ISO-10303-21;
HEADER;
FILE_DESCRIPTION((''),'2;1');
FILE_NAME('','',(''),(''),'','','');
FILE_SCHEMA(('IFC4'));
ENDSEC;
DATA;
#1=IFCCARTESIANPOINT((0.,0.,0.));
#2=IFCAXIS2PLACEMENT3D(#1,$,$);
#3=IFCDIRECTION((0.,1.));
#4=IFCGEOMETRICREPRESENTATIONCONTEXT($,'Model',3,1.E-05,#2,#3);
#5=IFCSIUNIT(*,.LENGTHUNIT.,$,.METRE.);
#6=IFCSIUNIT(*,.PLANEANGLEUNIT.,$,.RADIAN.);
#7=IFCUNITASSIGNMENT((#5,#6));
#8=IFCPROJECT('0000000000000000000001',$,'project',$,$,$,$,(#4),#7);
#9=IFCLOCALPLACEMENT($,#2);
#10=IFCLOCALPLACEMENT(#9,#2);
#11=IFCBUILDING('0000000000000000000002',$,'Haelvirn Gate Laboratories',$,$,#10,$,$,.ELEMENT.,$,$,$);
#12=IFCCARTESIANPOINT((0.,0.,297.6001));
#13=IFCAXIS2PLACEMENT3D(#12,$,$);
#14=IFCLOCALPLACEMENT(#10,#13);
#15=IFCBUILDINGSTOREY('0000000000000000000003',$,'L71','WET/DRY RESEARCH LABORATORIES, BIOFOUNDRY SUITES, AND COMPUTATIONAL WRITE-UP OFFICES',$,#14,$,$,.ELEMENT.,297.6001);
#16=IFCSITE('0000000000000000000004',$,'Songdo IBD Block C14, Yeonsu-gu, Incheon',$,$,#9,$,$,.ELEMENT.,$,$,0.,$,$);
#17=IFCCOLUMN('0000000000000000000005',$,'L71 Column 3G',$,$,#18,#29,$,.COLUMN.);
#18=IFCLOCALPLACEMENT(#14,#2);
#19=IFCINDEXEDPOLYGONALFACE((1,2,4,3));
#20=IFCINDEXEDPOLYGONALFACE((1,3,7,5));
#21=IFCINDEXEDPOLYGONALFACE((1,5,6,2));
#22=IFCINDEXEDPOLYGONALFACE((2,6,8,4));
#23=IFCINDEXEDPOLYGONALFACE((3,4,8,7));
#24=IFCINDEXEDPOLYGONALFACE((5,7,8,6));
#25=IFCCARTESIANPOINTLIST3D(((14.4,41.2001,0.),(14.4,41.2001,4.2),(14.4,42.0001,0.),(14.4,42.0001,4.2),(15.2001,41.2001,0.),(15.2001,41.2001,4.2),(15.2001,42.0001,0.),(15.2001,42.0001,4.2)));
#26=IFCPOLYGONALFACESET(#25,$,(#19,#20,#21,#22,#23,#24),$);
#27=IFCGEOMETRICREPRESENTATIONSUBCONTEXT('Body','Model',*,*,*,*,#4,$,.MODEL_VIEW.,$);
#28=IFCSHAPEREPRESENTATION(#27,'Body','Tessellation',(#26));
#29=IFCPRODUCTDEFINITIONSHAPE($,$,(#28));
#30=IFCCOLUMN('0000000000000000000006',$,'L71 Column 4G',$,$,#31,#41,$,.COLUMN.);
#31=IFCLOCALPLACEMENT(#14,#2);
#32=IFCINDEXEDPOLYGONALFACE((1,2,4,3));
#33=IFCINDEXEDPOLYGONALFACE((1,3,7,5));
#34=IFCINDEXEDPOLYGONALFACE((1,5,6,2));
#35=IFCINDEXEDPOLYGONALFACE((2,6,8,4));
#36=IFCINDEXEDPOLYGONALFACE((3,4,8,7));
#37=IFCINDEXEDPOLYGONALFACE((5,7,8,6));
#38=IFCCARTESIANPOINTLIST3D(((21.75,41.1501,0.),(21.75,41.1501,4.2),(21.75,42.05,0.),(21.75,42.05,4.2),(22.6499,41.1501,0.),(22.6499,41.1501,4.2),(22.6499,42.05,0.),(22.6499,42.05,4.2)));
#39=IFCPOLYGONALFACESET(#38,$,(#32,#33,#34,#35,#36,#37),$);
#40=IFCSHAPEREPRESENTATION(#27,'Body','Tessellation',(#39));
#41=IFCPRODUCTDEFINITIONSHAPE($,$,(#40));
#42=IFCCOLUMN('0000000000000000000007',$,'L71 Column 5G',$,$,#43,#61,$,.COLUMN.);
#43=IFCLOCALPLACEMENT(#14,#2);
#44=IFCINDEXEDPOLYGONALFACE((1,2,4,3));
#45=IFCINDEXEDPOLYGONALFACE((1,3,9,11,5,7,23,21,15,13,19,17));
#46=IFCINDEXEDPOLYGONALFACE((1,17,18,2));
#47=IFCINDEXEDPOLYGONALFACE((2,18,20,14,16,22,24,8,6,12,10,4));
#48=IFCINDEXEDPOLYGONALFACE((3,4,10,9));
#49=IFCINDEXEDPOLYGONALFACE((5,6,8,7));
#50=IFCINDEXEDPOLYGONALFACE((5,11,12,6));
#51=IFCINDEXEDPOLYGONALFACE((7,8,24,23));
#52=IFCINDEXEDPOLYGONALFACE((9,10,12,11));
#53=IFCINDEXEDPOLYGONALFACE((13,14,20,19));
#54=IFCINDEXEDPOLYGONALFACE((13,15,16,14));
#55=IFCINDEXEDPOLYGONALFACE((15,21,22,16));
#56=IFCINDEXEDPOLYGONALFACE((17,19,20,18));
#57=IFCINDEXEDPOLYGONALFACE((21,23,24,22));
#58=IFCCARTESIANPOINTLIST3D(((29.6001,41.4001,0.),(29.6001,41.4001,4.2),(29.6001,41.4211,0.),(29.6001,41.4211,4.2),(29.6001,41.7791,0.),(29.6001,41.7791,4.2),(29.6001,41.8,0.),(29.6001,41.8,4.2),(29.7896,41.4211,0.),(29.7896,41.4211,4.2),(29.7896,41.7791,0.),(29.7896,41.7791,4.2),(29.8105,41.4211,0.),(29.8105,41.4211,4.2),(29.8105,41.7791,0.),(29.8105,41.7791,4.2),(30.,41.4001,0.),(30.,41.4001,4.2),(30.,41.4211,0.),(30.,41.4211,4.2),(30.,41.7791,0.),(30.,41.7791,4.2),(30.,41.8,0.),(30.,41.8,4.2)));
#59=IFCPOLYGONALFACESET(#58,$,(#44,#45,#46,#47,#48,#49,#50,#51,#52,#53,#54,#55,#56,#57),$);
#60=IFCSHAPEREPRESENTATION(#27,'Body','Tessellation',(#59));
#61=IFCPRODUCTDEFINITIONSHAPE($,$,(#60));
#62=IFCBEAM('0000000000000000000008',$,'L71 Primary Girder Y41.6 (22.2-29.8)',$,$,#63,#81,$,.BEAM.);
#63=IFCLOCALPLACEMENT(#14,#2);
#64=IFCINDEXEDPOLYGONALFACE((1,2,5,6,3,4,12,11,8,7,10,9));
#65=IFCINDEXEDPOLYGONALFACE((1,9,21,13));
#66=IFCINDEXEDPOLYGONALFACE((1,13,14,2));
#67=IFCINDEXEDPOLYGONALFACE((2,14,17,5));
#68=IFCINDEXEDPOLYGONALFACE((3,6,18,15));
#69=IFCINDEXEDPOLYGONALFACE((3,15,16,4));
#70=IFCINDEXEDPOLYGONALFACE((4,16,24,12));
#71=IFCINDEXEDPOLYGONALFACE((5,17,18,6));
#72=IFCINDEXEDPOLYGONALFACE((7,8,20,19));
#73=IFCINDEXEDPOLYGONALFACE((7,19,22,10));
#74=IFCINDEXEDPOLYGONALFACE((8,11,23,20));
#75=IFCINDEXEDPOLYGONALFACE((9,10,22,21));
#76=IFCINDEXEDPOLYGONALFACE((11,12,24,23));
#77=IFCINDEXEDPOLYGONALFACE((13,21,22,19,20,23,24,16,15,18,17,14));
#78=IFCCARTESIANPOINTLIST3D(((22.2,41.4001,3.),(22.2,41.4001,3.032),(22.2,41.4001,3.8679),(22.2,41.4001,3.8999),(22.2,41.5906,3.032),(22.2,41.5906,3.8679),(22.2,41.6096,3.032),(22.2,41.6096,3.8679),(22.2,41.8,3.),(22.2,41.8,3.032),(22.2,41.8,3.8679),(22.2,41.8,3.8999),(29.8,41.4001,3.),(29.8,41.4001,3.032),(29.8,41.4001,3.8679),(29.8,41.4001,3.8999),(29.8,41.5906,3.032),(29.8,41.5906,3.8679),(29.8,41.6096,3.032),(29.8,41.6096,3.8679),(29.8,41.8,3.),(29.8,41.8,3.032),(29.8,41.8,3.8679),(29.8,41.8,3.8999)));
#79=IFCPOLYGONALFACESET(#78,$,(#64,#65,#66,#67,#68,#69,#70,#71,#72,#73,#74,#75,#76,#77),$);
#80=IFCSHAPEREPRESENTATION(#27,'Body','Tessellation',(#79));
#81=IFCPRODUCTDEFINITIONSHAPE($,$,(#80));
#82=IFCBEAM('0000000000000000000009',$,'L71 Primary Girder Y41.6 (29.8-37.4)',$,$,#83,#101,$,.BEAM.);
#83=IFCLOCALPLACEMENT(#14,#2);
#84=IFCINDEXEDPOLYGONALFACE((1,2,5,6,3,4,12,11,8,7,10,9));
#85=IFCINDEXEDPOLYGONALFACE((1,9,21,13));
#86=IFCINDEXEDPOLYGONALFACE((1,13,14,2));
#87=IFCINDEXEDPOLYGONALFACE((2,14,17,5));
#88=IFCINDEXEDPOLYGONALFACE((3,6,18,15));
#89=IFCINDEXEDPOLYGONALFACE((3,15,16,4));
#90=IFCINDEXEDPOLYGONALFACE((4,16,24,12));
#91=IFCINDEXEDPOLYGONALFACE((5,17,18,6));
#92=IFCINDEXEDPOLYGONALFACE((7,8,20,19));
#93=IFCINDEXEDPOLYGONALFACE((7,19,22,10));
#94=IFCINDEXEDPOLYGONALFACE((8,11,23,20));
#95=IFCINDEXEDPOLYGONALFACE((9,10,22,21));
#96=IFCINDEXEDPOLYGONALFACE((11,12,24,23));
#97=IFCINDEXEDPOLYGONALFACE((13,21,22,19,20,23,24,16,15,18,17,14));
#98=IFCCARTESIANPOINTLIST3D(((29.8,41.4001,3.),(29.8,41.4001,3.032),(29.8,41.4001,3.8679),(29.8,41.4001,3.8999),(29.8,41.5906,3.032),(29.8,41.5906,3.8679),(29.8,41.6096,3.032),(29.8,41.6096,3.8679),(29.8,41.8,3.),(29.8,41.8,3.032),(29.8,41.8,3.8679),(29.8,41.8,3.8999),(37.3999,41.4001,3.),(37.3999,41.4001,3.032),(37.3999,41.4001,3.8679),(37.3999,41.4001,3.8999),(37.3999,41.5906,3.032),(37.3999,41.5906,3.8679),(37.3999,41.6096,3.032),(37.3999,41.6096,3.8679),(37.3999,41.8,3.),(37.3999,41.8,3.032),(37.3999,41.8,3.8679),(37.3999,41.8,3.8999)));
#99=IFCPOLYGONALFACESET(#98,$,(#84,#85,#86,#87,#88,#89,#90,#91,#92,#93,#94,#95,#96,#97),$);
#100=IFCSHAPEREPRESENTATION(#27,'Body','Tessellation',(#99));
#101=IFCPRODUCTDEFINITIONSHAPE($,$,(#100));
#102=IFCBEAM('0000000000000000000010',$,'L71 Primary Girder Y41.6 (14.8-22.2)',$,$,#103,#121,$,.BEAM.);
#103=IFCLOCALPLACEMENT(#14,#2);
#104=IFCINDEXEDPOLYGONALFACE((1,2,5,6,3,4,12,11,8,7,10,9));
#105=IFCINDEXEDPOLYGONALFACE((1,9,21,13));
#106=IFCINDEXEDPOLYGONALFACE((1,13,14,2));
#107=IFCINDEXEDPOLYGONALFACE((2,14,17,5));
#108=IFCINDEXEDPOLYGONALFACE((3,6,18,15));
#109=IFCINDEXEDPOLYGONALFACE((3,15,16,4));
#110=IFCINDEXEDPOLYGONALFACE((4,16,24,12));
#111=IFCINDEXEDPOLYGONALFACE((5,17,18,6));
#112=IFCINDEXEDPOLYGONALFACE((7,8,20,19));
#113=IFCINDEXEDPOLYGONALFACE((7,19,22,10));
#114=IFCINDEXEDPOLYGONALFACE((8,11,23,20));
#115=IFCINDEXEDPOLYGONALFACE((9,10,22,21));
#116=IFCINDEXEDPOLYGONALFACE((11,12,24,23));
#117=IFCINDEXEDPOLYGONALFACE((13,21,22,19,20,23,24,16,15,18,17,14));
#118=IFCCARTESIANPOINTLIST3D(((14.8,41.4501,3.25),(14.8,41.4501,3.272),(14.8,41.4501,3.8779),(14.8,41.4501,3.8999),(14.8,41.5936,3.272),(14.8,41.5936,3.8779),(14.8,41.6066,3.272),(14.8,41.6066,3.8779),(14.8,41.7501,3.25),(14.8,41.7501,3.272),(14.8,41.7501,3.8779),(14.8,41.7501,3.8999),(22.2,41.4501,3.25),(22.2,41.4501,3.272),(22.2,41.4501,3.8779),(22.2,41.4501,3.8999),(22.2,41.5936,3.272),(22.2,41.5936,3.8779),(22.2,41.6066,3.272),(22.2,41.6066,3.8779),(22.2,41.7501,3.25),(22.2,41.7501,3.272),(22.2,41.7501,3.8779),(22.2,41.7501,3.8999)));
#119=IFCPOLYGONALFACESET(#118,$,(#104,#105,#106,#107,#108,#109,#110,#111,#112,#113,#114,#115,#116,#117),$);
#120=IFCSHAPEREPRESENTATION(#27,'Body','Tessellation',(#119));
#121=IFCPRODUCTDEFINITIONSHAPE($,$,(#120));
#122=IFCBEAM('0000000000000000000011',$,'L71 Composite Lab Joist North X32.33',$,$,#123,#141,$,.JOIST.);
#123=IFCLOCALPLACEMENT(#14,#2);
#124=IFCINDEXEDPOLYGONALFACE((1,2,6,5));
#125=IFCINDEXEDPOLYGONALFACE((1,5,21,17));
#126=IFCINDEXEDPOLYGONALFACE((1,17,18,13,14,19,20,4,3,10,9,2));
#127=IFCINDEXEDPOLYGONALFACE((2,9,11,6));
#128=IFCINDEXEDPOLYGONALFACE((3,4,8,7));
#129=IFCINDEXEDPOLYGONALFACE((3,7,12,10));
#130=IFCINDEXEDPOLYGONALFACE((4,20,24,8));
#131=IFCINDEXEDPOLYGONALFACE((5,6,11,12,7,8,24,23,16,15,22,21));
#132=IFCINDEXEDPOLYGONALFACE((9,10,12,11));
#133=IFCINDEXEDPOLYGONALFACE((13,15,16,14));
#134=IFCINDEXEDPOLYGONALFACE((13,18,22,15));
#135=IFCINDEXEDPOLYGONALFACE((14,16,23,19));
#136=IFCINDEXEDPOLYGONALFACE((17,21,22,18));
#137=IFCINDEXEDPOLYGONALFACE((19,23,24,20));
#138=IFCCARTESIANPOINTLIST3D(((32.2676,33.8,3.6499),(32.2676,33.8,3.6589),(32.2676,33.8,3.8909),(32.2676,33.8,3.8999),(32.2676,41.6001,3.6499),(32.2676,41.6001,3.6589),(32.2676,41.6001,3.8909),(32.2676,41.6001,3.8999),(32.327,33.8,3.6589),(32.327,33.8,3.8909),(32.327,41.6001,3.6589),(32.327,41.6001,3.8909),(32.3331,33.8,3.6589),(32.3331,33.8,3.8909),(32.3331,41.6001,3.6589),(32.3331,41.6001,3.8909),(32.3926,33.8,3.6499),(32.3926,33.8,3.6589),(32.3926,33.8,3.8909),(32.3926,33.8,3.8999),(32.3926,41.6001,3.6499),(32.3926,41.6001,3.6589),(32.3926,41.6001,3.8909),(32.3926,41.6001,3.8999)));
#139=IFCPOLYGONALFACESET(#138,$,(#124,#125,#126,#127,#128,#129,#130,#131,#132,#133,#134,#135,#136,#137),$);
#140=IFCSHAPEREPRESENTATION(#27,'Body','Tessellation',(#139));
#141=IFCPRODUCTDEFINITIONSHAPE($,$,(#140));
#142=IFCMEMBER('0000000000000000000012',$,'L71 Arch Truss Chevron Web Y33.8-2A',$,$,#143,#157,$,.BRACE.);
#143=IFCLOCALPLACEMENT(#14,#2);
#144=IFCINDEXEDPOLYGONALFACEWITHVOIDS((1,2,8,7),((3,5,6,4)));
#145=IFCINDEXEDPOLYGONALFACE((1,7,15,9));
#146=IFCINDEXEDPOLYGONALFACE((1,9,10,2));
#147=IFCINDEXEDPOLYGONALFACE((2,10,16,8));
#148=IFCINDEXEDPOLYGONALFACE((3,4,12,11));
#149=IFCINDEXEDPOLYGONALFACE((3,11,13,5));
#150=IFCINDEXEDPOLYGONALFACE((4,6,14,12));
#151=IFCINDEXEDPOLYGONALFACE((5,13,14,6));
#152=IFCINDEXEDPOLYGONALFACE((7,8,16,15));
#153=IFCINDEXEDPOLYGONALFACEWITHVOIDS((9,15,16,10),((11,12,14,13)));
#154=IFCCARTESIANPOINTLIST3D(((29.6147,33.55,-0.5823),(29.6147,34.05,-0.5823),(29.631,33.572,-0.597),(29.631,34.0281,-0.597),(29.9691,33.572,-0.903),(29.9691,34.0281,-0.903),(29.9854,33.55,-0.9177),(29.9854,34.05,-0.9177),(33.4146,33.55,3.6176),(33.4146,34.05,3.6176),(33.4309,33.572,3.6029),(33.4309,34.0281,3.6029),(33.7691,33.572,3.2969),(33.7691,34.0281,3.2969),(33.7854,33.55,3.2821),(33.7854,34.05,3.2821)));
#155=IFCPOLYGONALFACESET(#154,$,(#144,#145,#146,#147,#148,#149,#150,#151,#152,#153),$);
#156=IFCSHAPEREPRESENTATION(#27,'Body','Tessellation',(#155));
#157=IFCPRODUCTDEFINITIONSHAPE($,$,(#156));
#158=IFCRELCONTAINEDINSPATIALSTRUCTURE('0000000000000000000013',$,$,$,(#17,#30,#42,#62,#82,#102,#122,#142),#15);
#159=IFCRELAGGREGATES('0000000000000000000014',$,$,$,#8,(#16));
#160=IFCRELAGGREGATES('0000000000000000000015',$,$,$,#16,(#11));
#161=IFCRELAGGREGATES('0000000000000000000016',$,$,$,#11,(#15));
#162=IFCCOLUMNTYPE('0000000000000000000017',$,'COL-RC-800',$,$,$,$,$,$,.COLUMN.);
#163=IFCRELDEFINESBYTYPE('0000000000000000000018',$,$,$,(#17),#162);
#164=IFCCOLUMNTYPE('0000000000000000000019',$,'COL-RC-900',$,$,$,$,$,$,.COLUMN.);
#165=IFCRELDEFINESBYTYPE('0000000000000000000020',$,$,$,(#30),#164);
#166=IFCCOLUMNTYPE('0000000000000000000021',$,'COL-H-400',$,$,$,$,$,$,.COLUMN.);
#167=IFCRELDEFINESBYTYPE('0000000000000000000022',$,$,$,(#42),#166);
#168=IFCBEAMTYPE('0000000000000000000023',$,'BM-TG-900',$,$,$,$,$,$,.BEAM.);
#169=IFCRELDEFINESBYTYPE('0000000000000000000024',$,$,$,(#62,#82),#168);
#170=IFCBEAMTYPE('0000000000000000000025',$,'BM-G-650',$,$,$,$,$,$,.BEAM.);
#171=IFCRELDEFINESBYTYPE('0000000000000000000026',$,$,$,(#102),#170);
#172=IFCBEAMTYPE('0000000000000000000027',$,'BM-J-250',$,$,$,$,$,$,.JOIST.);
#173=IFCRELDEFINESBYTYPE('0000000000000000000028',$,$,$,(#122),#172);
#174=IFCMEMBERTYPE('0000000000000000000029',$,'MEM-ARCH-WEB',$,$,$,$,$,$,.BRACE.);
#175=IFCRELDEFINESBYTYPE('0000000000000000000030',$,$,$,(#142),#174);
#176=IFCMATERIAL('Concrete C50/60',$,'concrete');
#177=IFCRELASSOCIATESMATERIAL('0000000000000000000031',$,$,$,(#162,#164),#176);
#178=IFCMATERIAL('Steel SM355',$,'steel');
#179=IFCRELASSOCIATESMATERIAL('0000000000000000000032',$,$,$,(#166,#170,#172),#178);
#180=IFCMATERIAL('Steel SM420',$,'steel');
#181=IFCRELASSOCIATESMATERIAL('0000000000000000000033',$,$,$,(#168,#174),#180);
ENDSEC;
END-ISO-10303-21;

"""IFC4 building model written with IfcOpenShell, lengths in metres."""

from ifc_helpers import new_model, si_unit, direction, frame, origin, origin_2d, place, context, subcontext, project, spatial, rectangle, hollow_rectangle, i_section, extrude, source, transform, mapped, material, material_profile, profile_set, type_object, type_shapes, element, save


model = new_model("IFC4")

# Units and contexts
model_context = context("Model", 3, precision=1e-05, world=origin(), true_north=direction((0.0, 1.0)))
body_context = subcontext(model_context, "Body", "Model", "MODEL_VIEW")
ifc_project = project(units=[si_unit("LENGTHUNIT", "METRE"), si_unit("PLANEANGLEUNIT", "RADIAN")], contexts=[model_context])

# Site, building, storey
site_placement = place(None, origin())
site = spatial("IfcSite", under=ifc_project, at=site_placement, Name="Songdo IBD Block C14, Yeonsu-gu, Incheon", CompositionType="ELEMENT", RefElevation=0.0)
building_placement = place(site_placement, origin())
building = spatial("IfcBuilding", under=site, at=building_placement, Name="Haelvirn Gate Laboratories", CompositionType="ELEMENT")
storey_placement = place(building_placement, frame((0.0, 0.0, 297.6001)))
storey = spatial("IfcBuildingStorey", under=building, at=storey_placement, Name="L71", Description="WET/DRY RESEARCH LABORATORIES, BIOFOUNDRY SUITES, AND COMPUTATIONAL WRITE-UP OFFICES", CompositionType="ELEMENT", Elevation=297.6001)

# Columns
ifc_material_1 = material(Name="Concrete C50/60", Category="concrete")
ifc_material_profile_1 = material_profile(ifc_material_1, rectangle(XDim=0.8, YDim=0.8, at=origin_2d()), Name="RC-800x800")
ifc_profile_set_1 = profile_set([ifc_material_profile_1], Name="Concrete C50/60")
column_type_1 = type_object("IfcColumnType", Name="COL-RC-800", PredefinedType="COLUMN", material=ifc_profile_set_1)
shared_shape_1 = source(origin(), body_context, "Body", "SweptSolid", [
    extrude(rectangle(XDim=0.8, YDim=0.8, at=origin_2d()), origin(), (0.0, 0.0, 1.0), 4.2),
])
type_shapes(column_type_1, [shared_shape_1])
column_1_placement = place(storey_placement, frame((14.8, 41.6001, 0.0), z_axis=(0.0, 0.0, 1.0), x_axis=(1.0, 0.0, 0.0)))
element("IfcColumn", 1, at=column_1_placement, inside=storey, type_object=column_type_1, Name="L71 Column 3G", PredefinedType="COLUMN", context=body_context, shape_type="MappedRepresentation", body=[
    mapped(shared_shape_1, transform((0.0, 0.0, 0.0), scale=1.0)),
])
ifc_material_profile_2 = material_profile(ifc_material_1, rectangle(XDim=0.8999, YDim=0.8999, at=origin_2d()), Name="RC-900x900")
ifc_profile_set_2 = profile_set([ifc_material_profile_2], Name="Concrete C50/60")
column_type_2 = type_object("IfcColumnType", Name="COL-RC-900", PredefinedType="COLUMN", material=ifc_profile_set_2)
shared_shape_2 = source(origin(), body_context, "Body", "SweptSolid", [
    extrude(rectangle(XDim=0.8999, YDim=0.8999, at=origin_2d()), origin(), (0.0, 0.0, 1.0), 4.2),
])
type_shapes(column_type_2, [shared_shape_2])
column_2_placement = place(storey_placement, frame((22.2, 41.6001, 0.0), z_axis=(0.0, 0.0, 1.0), x_axis=(1.0, 0.0, 0.0)))
element("IfcColumn", 2, at=column_2_placement, inside=storey, type_object=column_type_2, Name="L71 Column 4G", PredefinedType="COLUMN", context=body_context, shape_type="MappedRepresentation", body=[
    mapped(shared_shape_2, transform((0.0, 0.0, 0.0), scale=1.0)),
])
ifc_material_2 = material(Name="Steel SM355", Category="steel")
ifc_material_profile_3 = material_profile(ifc_material_2, i_section(OverallWidth=0.3999, OverallDepth=0.3999, WebThickness=0.021, FlangeThickness=0.021, at=origin_2d()), Name="H-400x400x21x21")
ifc_profile_set_3 = profile_set([ifc_material_profile_3], Name="Steel SM355")
column_type_3 = type_object("IfcColumnType", Name="COL-H-400", PredefinedType="COLUMN", material=ifc_profile_set_3)
shared_shape_3 = source(origin(), body_context, "Body", "SweptSolid", [
    extrude(i_section(OverallWidth=0.3999, OverallDepth=0.3999, WebThickness=0.021, FlangeThickness=0.021, at=origin_2d()), origin(), (0.0, 0.0, 1.0), 4.2),
])
type_shapes(column_type_3, [shared_shape_3])
column_3_placement = place(storey_placement, frame((29.8, 41.6001, 0.0), z_axis=(0.0, 0.0, 1.0), x_axis=(1.0, 0.0, 0.0)))
element("IfcColumn", 3, at=column_3_placement, inside=storey, type_object=column_type_3, Name="L71 Column 5G", PredefinedType="COLUMN", context=body_context, shape_type="MappedRepresentation", body=[
    mapped(shared_shape_3, transform((0.0, 0.0, 0.0), scale=1.0)),
])

# Beams
ifc_material_3 = material(Name="Steel SM420", Category="steel")
ifc_material_profile_4 = material_profile(ifc_material_3, i_section(OverallWidth=0.3999, OverallDepth=0.8999, WebThickness=0.019, FlangeThickness=0.032, at=origin_2d()), Name="H-900x400x19x32")
ifc_profile_set_4 = profile_set([ifc_material_profile_4], Name="Steel SM420")
beam_type_1 = type_object("IfcBeamType", Name="BM-TG-900", PredefinedType="BEAM", material=ifc_profile_set_4)
shared_shape_4 = source(origin(), body_context, "Body", "SweptSolid", [
    extrude(i_section(OverallWidth=0.3999, OverallDepth=0.8999, WebThickness=0.019, FlangeThickness=0.032, at=origin_2d()), origin(), (0.0, 0.0, 1.0), 7.6001),
])
beam_1_placement = place(storey_placement, frame((22.2, 41.6001, 3.45), z_axis=(1.0, 0.0, 0.0), x_axis=(0.0, 1.0, 0.0)))
element("IfcBeam", 4, at=beam_1_placement, inside=storey, type_object=beam_type_1, Name="L71 Primary Girder Y41.6 (22.2-29.8)", PredefinedType="BEAM", context=body_context, shape_type="MappedRepresentation", body=[
    mapped(shared_shape_4, transform((0.0, 0.0, 0.0), scale=1.0)),
])
shared_shape_5 = source(origin(), body_context, "Body", "SweptSolid", [
    extrude(i_section(OverallWidth=0.3999, OverallDepth=0.8999, WebThickness=0.019, FlangeThickness=0.032, at=origin_2d()), origin(), (0.0, 0.0, 1.0), 7.5999),
])
type_shapes(beam_type_1, [shared_shape_4, shared_shape_5])
beam_2_placement = place(storey_placement, frame((29.8, 41.6001, 3.45), z_axis=(1.0, 0.0, 0.0), x_axis=(0.0, 1.0, 0.0)))
element("IfcBeam", 5, at=beam_2_placement, inside=storey, type_object=beam_type_1, Name="L71 Primary Girder Y41.6 (29.8-37.4)", PredefinedType="BEAM", context=body_context, shape_type="MappedRepresentation", body=[
    mapped(shared_shape_5, transform((0.0, 0.0, 0.0), scale=1.0)),
])
ifc_material_profile_5 = material_profile(ifc_material_2, i_section(OverallWidth=0.3, OverallDepth=0.6499, WebThickness=0.0129, FlangeThickness=0.022, at=origin_2d()), Name="H-650x300x13x22")
ifc_profile_set_5 = profile_set([ifc_material_profile_5], Name="Steel SM355")
beam_type_2 = type_object("IfcBeamType", Name="BM-G-650", PredefinedType="BEAM", material=ifc_profile_set_5)
shared_shape_6 = source(origin(), body_context, "Body", "SweptSolid", [
    extrude(i_section(OverallWidth=0.3, OverallDepth=0.6499, WebThickness=0.0129, FlangeThickness=0.022, at=origin_2d()), origin(), (0.0, 0.0, 1.0), 7.3999),
])
type_shapes(beam_type_2, [shared_shape_6])
beam_3_placement = place(storey_placement, frame((14.8, 41.6001, 3.575), z_axis=(1.0, 0.0, 0.0), x_axis=(0.0, 1.0, 0.0)))
element("IfcBeam", 6, at=beam_3_placement, inside=storey, type_object=beam_type_2, Name="L71 Primary Girder Y41.6 (14.8-22.2)", PredefinedType="BEAM", context=body_context, shape_type="MappedRepresentation", body=[
    mapped(shared_shape_6, transform((0.0, 0.0, 0.0), scale=1.0)),
])
ifc_material_profile_6 = material_profile(ifc_material_2, i_section(OverallWidth=0.125, OverallDepth=0.25, WebThickness=0.0061, FlangeThickness=0.009, at=origin_2d()), Name="H-250x125x6x9")
ifc_profile_set_6 = profile_set([ifc_material_profile_6], Name="Steel SM355")
beam_type_3 = type_object("IfcBeamType", Name="BM-J-250", PredefinedType="JOIST", material=ifc_profile_set_6)
shared_shape_7 = source(origin(), body_context, "Body", "SweptSolid", [
    extrude(i_section(OverallWidth=0.125, OverallDepth=0.25, WebThickness=0.0061, FlangeThickness=0.009, at=origin_2d()), origin(), (0.0, 0.0, 1.0), 7.8),
])
type_shapes(beam_type_3, [shared_shape_7])
beam_4_placement = place(storey_placement, frame((32.3301, 33.8, 3.7749), z_axis=(0.0, 1.0, 0.0), x_axis=(-1.0, 0.0, 0.0)))
element("IfcBeam", 7, at=beam_4_placement, inside=storey, type_object=beam_type_3, Name="L71 Composite Lab Joist North X32.33", PredefinedType="JOIST", context=body_context, shape_type="MappedRepresentation", body=[
    mapped(shared_shape_7, transform((0.0, 0.0, 0.0), scale=1.0)),
])

# Member
ifc_material_profile_7 = material_profile(ifc_material_3, hollow_rectangle(XDim=0.5, YDim=0.5, WallThickness=0.022, at=origin_2d()), Name="BOX-500x500x22")
ifc_profile_set_7 = profile_set([ifc_material_profile_7], Name="Steel SM420")
member_type_1 = type_object("IfcMemberType", Name="MEM-ARCH-WEB", PredefinedType="BRACE", material=ifc_profile_set_7)
shared_shape_8 = source(origin(), body_context, "Body", "SweptSolid", [
    extrude(hollow_rectangle(XDim=0.5, YDim=0.5, WallThickness=0.022, at=origin_2d()), origin(), (0.0, 0.0, 1.0), 5.6638),
])
type_shapes(member_type_1, [shared_shape_8])
member_1_placement = place(storey_placement, frame((29.8, 33.8, -0.75), z_axis=(0.670922, 0.0, 0.741528), x_axis=(0.0, 1.0, 0.0)))
element("IfcMember", 8, at=member_1_placement, inside=storey, type_object=member_type_1, Name="L71 Arch Truss Chevron Web Y33.8-2A", PredefinedType="BRACE", context=body_context, shape_type="MappedRepresentation", body=[
    mapped(shared_shape_8, transform((0.0, 0.0, 0.0), scale=1.0)),
])

save(model, "model.ifc")
